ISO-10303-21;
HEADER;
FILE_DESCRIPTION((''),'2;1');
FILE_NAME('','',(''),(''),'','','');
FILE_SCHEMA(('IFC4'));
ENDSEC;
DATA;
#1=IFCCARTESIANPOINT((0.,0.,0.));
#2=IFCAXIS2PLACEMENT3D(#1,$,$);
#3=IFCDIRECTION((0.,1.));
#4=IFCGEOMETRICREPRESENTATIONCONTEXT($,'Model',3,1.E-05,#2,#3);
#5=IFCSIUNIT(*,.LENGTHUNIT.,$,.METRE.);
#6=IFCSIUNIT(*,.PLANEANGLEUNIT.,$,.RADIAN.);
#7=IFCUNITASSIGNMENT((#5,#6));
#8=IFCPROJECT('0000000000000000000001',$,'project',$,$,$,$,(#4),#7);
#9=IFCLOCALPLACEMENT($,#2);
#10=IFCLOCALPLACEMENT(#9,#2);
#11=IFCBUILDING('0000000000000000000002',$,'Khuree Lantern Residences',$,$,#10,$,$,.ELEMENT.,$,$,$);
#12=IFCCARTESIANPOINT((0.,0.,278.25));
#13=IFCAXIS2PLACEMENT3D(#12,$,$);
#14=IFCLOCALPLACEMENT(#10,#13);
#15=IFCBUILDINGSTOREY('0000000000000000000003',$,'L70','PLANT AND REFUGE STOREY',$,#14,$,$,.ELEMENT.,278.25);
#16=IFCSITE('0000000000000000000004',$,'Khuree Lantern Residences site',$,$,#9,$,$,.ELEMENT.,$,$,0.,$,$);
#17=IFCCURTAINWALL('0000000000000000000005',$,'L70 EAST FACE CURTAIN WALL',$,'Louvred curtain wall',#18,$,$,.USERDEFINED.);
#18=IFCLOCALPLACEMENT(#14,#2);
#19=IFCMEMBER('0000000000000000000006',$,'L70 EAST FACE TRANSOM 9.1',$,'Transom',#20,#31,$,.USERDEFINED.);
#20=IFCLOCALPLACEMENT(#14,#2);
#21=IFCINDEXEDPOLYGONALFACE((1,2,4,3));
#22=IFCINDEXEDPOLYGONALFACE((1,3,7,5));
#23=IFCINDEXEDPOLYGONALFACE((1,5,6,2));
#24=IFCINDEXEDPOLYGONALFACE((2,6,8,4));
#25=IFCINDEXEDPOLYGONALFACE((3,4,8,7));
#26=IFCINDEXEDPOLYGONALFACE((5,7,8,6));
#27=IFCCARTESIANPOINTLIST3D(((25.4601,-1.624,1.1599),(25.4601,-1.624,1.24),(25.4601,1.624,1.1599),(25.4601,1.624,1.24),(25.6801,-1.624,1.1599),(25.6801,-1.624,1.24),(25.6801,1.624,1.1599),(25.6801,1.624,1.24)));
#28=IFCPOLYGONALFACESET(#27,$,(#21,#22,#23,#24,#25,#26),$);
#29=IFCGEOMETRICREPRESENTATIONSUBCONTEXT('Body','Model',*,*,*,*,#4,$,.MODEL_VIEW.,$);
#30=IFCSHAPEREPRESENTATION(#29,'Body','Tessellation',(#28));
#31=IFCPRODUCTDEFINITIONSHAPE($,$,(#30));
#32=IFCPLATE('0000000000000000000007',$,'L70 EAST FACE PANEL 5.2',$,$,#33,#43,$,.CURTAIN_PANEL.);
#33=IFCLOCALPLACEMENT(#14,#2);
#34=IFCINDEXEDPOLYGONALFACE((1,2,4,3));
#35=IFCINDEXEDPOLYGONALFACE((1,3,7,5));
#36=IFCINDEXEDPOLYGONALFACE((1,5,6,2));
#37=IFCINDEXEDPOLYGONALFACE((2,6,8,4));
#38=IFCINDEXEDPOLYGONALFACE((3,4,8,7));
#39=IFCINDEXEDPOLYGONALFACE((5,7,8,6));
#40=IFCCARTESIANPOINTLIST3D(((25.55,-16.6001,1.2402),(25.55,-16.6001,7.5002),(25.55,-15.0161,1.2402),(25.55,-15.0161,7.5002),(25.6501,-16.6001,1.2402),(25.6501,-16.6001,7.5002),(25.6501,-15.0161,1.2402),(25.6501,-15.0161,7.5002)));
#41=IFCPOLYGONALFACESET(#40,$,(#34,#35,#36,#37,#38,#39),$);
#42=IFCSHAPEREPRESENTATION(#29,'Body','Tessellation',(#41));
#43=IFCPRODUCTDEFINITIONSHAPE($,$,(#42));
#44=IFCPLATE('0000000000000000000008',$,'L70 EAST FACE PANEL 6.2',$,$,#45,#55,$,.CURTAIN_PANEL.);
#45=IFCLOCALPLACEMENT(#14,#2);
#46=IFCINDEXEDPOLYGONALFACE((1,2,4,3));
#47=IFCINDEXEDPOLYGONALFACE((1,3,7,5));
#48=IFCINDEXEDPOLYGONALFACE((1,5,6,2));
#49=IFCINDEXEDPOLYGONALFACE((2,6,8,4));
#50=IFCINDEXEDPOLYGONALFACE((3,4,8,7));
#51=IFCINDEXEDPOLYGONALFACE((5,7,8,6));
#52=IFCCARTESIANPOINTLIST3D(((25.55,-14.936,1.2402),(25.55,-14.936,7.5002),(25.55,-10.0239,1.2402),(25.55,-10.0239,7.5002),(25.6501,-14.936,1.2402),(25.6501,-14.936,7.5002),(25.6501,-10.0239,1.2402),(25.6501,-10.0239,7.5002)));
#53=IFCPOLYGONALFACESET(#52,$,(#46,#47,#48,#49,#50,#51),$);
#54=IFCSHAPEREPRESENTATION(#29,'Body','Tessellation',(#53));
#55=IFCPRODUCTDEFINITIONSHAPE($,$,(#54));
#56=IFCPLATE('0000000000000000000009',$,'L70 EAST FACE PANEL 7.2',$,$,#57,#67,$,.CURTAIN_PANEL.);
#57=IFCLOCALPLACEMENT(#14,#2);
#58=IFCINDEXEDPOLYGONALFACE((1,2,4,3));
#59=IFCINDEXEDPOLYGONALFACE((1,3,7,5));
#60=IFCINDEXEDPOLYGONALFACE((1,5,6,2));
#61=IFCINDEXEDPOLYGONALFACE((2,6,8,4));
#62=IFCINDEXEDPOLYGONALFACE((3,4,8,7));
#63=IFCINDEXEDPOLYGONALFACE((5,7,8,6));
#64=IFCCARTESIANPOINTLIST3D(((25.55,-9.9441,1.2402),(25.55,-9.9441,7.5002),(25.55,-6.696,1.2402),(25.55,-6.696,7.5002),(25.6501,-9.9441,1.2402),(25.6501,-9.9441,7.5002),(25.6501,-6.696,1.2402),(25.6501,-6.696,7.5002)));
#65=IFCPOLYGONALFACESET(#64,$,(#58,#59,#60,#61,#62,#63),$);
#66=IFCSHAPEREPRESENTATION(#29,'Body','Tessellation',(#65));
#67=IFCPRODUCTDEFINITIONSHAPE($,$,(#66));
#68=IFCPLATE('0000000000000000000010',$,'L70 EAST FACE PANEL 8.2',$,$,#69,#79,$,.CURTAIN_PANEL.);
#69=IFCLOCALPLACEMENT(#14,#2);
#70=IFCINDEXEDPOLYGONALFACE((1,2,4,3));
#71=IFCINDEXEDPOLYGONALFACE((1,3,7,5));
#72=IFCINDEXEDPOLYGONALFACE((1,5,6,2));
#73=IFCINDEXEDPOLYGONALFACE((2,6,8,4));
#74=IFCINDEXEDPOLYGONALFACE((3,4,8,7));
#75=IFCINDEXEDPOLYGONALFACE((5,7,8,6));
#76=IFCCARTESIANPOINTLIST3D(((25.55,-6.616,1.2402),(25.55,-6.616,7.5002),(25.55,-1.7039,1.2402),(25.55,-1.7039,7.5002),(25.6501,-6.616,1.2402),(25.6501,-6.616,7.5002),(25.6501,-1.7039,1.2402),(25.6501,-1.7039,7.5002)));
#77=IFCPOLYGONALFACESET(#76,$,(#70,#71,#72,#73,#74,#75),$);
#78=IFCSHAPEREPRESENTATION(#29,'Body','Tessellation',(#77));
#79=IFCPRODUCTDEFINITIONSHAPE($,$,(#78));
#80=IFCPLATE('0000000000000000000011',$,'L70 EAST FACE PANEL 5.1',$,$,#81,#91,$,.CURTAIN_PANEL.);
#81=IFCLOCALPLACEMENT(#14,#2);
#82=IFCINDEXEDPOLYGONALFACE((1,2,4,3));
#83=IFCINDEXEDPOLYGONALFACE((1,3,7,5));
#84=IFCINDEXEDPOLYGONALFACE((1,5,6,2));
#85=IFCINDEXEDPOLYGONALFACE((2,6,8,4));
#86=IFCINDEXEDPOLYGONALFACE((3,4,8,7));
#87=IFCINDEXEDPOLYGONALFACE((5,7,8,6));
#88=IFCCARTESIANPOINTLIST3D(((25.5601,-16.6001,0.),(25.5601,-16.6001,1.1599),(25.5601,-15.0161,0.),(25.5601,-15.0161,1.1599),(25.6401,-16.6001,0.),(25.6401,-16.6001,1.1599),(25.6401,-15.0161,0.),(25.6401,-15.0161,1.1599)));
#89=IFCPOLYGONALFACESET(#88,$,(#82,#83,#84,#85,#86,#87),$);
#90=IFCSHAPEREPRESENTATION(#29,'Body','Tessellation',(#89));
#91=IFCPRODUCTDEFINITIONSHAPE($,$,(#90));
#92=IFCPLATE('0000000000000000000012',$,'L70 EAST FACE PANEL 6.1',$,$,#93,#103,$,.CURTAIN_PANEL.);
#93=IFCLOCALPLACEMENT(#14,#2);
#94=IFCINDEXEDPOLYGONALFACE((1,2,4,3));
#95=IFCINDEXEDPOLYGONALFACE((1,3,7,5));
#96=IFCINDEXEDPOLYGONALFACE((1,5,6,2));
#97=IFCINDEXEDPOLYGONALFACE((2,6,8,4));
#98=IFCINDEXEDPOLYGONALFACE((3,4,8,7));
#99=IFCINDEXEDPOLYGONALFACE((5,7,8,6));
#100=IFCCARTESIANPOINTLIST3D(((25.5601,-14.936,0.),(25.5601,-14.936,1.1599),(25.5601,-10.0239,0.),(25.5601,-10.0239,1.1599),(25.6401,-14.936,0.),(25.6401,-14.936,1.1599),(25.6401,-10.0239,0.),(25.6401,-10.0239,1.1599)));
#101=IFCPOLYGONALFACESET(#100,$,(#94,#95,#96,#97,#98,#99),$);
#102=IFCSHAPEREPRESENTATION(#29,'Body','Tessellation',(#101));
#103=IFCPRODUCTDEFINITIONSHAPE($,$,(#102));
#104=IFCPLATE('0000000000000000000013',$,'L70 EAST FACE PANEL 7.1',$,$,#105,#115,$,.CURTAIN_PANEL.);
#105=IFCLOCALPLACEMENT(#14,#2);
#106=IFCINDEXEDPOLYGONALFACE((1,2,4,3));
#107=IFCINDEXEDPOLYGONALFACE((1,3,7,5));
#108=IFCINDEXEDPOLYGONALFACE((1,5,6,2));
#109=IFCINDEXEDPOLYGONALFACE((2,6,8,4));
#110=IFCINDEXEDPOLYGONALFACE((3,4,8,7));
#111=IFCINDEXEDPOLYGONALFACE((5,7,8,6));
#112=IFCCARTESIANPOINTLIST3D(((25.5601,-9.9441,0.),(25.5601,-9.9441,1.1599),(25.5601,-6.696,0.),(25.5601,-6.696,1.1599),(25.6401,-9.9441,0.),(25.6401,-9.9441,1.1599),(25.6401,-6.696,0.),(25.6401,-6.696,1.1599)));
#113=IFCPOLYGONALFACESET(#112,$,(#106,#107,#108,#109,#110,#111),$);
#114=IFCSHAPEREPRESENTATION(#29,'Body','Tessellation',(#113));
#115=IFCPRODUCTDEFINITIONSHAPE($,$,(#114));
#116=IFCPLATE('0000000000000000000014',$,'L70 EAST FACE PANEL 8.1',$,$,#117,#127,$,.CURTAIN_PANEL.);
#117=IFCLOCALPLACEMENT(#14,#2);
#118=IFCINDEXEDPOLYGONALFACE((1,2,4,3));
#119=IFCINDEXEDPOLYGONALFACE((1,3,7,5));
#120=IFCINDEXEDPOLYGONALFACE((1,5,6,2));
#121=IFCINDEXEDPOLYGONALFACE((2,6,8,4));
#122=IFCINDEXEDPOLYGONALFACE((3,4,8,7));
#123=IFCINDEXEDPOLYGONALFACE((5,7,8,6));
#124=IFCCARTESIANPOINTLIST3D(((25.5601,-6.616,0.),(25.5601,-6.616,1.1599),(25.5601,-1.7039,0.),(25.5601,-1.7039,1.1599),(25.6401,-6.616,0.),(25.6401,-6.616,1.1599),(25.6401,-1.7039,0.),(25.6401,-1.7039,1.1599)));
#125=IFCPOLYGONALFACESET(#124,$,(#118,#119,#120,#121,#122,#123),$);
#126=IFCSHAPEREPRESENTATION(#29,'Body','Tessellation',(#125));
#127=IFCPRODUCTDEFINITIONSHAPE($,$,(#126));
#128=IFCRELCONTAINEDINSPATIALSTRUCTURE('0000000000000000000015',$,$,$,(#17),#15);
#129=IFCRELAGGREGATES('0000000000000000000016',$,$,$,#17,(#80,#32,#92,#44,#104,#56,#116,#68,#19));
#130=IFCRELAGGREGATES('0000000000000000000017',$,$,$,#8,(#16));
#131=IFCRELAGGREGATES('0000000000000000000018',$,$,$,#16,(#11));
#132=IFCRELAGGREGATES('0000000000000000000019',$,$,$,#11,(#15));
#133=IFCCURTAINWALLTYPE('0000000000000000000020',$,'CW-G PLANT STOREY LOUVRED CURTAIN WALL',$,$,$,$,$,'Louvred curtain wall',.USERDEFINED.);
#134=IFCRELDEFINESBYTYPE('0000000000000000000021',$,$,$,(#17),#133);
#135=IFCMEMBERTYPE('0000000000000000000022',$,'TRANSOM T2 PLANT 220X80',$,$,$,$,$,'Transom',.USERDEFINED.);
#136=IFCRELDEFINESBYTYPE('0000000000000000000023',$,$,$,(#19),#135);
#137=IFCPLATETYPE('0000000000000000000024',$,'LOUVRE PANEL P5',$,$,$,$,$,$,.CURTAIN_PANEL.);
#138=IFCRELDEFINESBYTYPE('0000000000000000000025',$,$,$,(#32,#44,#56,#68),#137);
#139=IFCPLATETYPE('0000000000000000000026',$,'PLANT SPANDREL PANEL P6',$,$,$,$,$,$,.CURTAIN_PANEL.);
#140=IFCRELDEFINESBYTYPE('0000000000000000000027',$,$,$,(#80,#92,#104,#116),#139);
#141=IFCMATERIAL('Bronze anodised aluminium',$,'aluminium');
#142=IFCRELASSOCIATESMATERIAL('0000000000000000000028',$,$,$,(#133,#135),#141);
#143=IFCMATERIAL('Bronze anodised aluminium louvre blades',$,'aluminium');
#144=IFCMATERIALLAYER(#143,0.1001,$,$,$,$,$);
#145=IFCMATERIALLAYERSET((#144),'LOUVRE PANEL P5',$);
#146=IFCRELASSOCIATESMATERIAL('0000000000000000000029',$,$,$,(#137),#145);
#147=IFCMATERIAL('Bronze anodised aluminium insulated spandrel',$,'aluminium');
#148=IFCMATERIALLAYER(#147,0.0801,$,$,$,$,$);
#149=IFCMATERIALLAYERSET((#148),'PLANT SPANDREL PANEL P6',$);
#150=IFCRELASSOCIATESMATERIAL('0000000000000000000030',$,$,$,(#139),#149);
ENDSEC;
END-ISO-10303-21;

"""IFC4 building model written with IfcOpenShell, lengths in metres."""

from ifc_helpers import new_model, si_unit, direction, frame, origin, origin_2d, place, context, subcontext, project, spatial, rectangle, extrude, material, layer, layer_set, material_profile, profile_set, type_object, element, aggregate, save


model = new_model("IFC4")

# Units and contexts
model_context = context("Model", 3, precision=1e-05, world=origin(), true_north=direction((0.0, 1.0)))
body_context = subcontext(model_context, "Body", "Model", "MODEL_VIEW")
ifc_project = project(units=[si_unit("LENGTHUNIT", "METRE"), si_unit("PLANEANGLEUNIT", "RADIAN")], contexts=[model_context])

# Site, building, storey
site_placement = place(None, origin())
site = spatial("IfcSite", under=ifc_project, at=site_placement, Name="Khuree Lantern Residences site", CompositionType="ELEMENT", RefElevation=0.0)
building_placement = place(site_placement, origin())
building = spatial("IfcBuilding", under=site, at=building_placement, Name="Khuree Lantern Residences", CompositionType="ELEMENT")
storey_placement = place(building_placement, frame((0.0, 0.0, 278.25)))
storey = spatial("IfcBuildingStorey", under=building, at=storey_placement, Name="L70", Description="PLANT AND REFUGE STOREY", CompositionType="ELEMENT", Elevation=278.25)

# Curtain wall
ifc_material_1 = material(Name="Bronze anodised aluminium", Category="aluminium")
curtain_wall_type = type_object("IfcCurtainWallType", Name="CW-G PLANT STOREY LOUVRED CURTAIN WALL", ElementType="Louvred curtain wall", PredefinedType="USERDEFINED", material=ifc_material_1)
curtain_wall_placement = place(storey_placement, origin())
curtain_wall = element("IfcCurtainWall", 1, at=curtain_wall_placement, inside=storey, type_object=curtain_wall_type, Name="L70 EAST FACE CURTAIN WALL", ObjectType="Louvred curtain wall", PredefinedType="USERDEFINED")

# Member
ifc_material_profile_1 = material_profile(ifc_material_1, rectangle(XDim=0.22, YDim=0.0801, at=origin_2d()), Name="T2 220X80")
ifc_profile_set_1 = profile_set([ifc_material_profile_1], Name="Bronze anodised aluminium")
member_type_1 = type_object("IfcMemberType", Name="TRANSOM T2 PLANT 220X80", ElementType="Transom", PredefinedType="USERDEFINED", material=ifc_profile_set_1)
member_1_placement = place(storey_placement, frame((25.5701, -1.624, 1.2), z_axis=(0.0, 1.0, 0.0), x_axis=(-1.0, 0.0, 0.0)))
member_1 = element("IfcMember", 2, at=member_1_placement, type_object=member_type_1, Name="L70 EAST FACE TRANSOM 9.1", ObjectType="Transom", PredefinedType="USERDEFINED", context=body_context, shape_type="SweptSolid", body=[
    extrude(rectangle(XDim=0.22, YDim=0.0801, at=origin_2d()), origin(), (0.0, 0.0, 1.0), 3.248),
])

# Plates
ifc_material_2 = material(Name="Bronze anodised aluminium louvre blades", Category="aluminium")
ifc_layer_1 = layer(ifc_material_2, 0.1001)
ifc_layer_set_1 = layer_set([ifc_layer_1], Name="LOUVRE PANEL P5")
plate_type_1 = type_object("IfcPlateType", Name="LOUVRE PANEL P5", PredefinedType="CURTAIN_PANEL", material=ifc_layer_set_1)
plate_1_placement = place(storey_placement, frame((25.6001, -15.8081, 1.2402), z_axis=(0.0, 0.0, 1.0), x_axis=(0.0, 1.0, 0.0)))
plate_1 = element("IfcPlate", 3, at=plate_1_placement, type_object=plate_type_1, Name="L70 EAST FACE PANEL 5.2", PredefinedType="CURTAIN_PANEL", context=body_context, shape_type="SweptSolid", body=[
    extrude(rectangle(XDim=1.584, YDim=0.1001, at=origin_2d()), origin(), (0.0, 0.0, 1.0), 6.26),
])
plate_2_placement = place(storey_placement, frame((25.6001, -12.48, 1.2402), z_axis=(0.0, 0.0, 1.0), x_axis=(0.0, 1.0, 0.0)))
plate_2 = element("IfcPlate", 4, at=plate_2_placement, type_object=plate_type_1, Name="L70 EAST FACE PANEL 6.2", PredefinedType="CURTAIN_PANEL", context=body_context, shape_type="SweptSolid", body=[
    extrude(rectangle(XDim=4.9121, YDim=0.1001, at=origin_2d()), origin(), (0.0, 0.0, 1.0), 6.26),
])
plate_3_placement = place(storey_placement, frame((25.6001, -8.3201, 1.2402), z_axis=(0.0, 0.0, 1.0), x_axis=(0.0, 1.0, 0.0)))
plate_3 = element("IfcPlate", 5, at=plate_3_placement, type_object=plate_type_1, Name="L70 EAST FACE PANEL 7.2", PredefinedType="CURTAIN_PANEL", context=body_context, shape_type="SweptSolid", body=[
    extrude(rectangle(XDim=3.248, YDim=0.1001, at=origin_2d()), origin(), (0.0, 0.0, 1.0), 6.26),
])
plate_4_placement = place(storey_placement, frame((25.6001, -4.1599, 1.2402), z_axis=(0.0, 0.0, 1.0), x_axis=(0.0, 1.0, 0.0)))
plate_4 = element("IfcPlate", 6, at=plate_4_placement, type_object=plate_type_1, Name="L70 EAST FACE PANEL 8.2", PredefinedType="CURTAIN_PANEL", context=body_context, shape_type="SweptSolid", body=[
    extrude(rectangle(XDim=4.9121, YDim=0.1001, at=origin_2d()), origin(), (0.0, 0.0, 1.0), 6.26),
])
ifc_material_3 = material(Name="Bronze anodised aluminium insulated spandrel", Category="aluminium")
ifc_layer_2 = layer(ifc_material_3, 0.0801)
ifc_layer_set_2 = layer_set([ifc_layer_2], Name="PLANT SPANDREL PANEL P6")
plate_type_2 = type_object("IfcPlateType", Name="PLANT SPANDREL PANEL P6", PredefinedType="CURTAIN_PANEL", material=ifc_layer_set_2)
plate_5_placement = place(storey_placement, frame((25.6001, -15.8081, 0.0), z_axis=(0.0, 0.0, 1.0), x_axis=(0.0, 1.0, 0.0)))
plate_5 = element("IfcPlate", 7, at=plate_5_placement, type_object=plate_type_2, Name="L70 EAST FACE PANEL 5.1", PredefinedType="CURTAIN_PANEL", context=body_context, shape_type="SweptSolid", body=[
    extrude(rectangle(XDim=1.584, YDim=0.0801, at=origin_2d()), origin(), (0.0, 0.0, 1.0), 1.1599),
])
plate_6_placement = place(storey_placement, frame((25.6001, -12.48, 0.0), z_axis=(0.0, 0.0, 1.0), x_axis=(0.0, 1.0, 0.0)))
plate_6 = element("IfcPlate", 8, at=plate_6_placement, type_object=plate_type_2, Name="L70 EAST FACE PANEL 6.1", PredefinedType="CURTAIN_PANEL", context=body_context, shape_type="SweptSolid", body=[
    extrude(rectangle(XDim=4.9121, YDim=0.0801, at=origin_2d()), origin(), (0.0, 0.0, 1.0), 1.1599),
])
plate_7_placement = place(storey_placement, frame((25.6001, -8.3201, 0.0), z_axis=(0.0, 0.0, 1.0), x_axis=(0.0, 1.0, 0.0)))
plate_7 = element("IfcPlate", 9, at=plate_7_placement, type_object=plate_type_2, Name="L70 EAST FACE PANEL 7.1", PredefinedType="CURTAIN_PANEL", context=body_context, shape_type="SweptSolid", body=[
    extrude(rectangle(XDim=3.248, YDim=0.0801, at=origin_2d()), origin(), (0.0, 0.0, 1.0), 1.1599),
])
plate_8_placement = place(storey_placement, frame((25.6001, -4.1599, 0.0), z_axis=(0.0, 0.0, 1.0), x_axis=(0.0, 1.0, 0.0)))
plate_8 = element("IfcPlate", 10, at=plate_8_placement, type_object=plate_type_2, Name="L70 EAST FACE PANEL 8.1", PredefinedType="CURTAIN_PANEL", context=body_context, shape_type="SweptSolid", body=[
    extrude(rectangle(XDim=4.9121, YDim=0.0801, at=origin_2d()), origin(), (0.0, 0.0, 1.0), 1.1599),
])
aggregate(curtain_wall, [plate_5, plate_1, plate_6, plate_2, plate_7, plate_3, plate_8, plate_4, member_1])

save(model, "model.ifc")
